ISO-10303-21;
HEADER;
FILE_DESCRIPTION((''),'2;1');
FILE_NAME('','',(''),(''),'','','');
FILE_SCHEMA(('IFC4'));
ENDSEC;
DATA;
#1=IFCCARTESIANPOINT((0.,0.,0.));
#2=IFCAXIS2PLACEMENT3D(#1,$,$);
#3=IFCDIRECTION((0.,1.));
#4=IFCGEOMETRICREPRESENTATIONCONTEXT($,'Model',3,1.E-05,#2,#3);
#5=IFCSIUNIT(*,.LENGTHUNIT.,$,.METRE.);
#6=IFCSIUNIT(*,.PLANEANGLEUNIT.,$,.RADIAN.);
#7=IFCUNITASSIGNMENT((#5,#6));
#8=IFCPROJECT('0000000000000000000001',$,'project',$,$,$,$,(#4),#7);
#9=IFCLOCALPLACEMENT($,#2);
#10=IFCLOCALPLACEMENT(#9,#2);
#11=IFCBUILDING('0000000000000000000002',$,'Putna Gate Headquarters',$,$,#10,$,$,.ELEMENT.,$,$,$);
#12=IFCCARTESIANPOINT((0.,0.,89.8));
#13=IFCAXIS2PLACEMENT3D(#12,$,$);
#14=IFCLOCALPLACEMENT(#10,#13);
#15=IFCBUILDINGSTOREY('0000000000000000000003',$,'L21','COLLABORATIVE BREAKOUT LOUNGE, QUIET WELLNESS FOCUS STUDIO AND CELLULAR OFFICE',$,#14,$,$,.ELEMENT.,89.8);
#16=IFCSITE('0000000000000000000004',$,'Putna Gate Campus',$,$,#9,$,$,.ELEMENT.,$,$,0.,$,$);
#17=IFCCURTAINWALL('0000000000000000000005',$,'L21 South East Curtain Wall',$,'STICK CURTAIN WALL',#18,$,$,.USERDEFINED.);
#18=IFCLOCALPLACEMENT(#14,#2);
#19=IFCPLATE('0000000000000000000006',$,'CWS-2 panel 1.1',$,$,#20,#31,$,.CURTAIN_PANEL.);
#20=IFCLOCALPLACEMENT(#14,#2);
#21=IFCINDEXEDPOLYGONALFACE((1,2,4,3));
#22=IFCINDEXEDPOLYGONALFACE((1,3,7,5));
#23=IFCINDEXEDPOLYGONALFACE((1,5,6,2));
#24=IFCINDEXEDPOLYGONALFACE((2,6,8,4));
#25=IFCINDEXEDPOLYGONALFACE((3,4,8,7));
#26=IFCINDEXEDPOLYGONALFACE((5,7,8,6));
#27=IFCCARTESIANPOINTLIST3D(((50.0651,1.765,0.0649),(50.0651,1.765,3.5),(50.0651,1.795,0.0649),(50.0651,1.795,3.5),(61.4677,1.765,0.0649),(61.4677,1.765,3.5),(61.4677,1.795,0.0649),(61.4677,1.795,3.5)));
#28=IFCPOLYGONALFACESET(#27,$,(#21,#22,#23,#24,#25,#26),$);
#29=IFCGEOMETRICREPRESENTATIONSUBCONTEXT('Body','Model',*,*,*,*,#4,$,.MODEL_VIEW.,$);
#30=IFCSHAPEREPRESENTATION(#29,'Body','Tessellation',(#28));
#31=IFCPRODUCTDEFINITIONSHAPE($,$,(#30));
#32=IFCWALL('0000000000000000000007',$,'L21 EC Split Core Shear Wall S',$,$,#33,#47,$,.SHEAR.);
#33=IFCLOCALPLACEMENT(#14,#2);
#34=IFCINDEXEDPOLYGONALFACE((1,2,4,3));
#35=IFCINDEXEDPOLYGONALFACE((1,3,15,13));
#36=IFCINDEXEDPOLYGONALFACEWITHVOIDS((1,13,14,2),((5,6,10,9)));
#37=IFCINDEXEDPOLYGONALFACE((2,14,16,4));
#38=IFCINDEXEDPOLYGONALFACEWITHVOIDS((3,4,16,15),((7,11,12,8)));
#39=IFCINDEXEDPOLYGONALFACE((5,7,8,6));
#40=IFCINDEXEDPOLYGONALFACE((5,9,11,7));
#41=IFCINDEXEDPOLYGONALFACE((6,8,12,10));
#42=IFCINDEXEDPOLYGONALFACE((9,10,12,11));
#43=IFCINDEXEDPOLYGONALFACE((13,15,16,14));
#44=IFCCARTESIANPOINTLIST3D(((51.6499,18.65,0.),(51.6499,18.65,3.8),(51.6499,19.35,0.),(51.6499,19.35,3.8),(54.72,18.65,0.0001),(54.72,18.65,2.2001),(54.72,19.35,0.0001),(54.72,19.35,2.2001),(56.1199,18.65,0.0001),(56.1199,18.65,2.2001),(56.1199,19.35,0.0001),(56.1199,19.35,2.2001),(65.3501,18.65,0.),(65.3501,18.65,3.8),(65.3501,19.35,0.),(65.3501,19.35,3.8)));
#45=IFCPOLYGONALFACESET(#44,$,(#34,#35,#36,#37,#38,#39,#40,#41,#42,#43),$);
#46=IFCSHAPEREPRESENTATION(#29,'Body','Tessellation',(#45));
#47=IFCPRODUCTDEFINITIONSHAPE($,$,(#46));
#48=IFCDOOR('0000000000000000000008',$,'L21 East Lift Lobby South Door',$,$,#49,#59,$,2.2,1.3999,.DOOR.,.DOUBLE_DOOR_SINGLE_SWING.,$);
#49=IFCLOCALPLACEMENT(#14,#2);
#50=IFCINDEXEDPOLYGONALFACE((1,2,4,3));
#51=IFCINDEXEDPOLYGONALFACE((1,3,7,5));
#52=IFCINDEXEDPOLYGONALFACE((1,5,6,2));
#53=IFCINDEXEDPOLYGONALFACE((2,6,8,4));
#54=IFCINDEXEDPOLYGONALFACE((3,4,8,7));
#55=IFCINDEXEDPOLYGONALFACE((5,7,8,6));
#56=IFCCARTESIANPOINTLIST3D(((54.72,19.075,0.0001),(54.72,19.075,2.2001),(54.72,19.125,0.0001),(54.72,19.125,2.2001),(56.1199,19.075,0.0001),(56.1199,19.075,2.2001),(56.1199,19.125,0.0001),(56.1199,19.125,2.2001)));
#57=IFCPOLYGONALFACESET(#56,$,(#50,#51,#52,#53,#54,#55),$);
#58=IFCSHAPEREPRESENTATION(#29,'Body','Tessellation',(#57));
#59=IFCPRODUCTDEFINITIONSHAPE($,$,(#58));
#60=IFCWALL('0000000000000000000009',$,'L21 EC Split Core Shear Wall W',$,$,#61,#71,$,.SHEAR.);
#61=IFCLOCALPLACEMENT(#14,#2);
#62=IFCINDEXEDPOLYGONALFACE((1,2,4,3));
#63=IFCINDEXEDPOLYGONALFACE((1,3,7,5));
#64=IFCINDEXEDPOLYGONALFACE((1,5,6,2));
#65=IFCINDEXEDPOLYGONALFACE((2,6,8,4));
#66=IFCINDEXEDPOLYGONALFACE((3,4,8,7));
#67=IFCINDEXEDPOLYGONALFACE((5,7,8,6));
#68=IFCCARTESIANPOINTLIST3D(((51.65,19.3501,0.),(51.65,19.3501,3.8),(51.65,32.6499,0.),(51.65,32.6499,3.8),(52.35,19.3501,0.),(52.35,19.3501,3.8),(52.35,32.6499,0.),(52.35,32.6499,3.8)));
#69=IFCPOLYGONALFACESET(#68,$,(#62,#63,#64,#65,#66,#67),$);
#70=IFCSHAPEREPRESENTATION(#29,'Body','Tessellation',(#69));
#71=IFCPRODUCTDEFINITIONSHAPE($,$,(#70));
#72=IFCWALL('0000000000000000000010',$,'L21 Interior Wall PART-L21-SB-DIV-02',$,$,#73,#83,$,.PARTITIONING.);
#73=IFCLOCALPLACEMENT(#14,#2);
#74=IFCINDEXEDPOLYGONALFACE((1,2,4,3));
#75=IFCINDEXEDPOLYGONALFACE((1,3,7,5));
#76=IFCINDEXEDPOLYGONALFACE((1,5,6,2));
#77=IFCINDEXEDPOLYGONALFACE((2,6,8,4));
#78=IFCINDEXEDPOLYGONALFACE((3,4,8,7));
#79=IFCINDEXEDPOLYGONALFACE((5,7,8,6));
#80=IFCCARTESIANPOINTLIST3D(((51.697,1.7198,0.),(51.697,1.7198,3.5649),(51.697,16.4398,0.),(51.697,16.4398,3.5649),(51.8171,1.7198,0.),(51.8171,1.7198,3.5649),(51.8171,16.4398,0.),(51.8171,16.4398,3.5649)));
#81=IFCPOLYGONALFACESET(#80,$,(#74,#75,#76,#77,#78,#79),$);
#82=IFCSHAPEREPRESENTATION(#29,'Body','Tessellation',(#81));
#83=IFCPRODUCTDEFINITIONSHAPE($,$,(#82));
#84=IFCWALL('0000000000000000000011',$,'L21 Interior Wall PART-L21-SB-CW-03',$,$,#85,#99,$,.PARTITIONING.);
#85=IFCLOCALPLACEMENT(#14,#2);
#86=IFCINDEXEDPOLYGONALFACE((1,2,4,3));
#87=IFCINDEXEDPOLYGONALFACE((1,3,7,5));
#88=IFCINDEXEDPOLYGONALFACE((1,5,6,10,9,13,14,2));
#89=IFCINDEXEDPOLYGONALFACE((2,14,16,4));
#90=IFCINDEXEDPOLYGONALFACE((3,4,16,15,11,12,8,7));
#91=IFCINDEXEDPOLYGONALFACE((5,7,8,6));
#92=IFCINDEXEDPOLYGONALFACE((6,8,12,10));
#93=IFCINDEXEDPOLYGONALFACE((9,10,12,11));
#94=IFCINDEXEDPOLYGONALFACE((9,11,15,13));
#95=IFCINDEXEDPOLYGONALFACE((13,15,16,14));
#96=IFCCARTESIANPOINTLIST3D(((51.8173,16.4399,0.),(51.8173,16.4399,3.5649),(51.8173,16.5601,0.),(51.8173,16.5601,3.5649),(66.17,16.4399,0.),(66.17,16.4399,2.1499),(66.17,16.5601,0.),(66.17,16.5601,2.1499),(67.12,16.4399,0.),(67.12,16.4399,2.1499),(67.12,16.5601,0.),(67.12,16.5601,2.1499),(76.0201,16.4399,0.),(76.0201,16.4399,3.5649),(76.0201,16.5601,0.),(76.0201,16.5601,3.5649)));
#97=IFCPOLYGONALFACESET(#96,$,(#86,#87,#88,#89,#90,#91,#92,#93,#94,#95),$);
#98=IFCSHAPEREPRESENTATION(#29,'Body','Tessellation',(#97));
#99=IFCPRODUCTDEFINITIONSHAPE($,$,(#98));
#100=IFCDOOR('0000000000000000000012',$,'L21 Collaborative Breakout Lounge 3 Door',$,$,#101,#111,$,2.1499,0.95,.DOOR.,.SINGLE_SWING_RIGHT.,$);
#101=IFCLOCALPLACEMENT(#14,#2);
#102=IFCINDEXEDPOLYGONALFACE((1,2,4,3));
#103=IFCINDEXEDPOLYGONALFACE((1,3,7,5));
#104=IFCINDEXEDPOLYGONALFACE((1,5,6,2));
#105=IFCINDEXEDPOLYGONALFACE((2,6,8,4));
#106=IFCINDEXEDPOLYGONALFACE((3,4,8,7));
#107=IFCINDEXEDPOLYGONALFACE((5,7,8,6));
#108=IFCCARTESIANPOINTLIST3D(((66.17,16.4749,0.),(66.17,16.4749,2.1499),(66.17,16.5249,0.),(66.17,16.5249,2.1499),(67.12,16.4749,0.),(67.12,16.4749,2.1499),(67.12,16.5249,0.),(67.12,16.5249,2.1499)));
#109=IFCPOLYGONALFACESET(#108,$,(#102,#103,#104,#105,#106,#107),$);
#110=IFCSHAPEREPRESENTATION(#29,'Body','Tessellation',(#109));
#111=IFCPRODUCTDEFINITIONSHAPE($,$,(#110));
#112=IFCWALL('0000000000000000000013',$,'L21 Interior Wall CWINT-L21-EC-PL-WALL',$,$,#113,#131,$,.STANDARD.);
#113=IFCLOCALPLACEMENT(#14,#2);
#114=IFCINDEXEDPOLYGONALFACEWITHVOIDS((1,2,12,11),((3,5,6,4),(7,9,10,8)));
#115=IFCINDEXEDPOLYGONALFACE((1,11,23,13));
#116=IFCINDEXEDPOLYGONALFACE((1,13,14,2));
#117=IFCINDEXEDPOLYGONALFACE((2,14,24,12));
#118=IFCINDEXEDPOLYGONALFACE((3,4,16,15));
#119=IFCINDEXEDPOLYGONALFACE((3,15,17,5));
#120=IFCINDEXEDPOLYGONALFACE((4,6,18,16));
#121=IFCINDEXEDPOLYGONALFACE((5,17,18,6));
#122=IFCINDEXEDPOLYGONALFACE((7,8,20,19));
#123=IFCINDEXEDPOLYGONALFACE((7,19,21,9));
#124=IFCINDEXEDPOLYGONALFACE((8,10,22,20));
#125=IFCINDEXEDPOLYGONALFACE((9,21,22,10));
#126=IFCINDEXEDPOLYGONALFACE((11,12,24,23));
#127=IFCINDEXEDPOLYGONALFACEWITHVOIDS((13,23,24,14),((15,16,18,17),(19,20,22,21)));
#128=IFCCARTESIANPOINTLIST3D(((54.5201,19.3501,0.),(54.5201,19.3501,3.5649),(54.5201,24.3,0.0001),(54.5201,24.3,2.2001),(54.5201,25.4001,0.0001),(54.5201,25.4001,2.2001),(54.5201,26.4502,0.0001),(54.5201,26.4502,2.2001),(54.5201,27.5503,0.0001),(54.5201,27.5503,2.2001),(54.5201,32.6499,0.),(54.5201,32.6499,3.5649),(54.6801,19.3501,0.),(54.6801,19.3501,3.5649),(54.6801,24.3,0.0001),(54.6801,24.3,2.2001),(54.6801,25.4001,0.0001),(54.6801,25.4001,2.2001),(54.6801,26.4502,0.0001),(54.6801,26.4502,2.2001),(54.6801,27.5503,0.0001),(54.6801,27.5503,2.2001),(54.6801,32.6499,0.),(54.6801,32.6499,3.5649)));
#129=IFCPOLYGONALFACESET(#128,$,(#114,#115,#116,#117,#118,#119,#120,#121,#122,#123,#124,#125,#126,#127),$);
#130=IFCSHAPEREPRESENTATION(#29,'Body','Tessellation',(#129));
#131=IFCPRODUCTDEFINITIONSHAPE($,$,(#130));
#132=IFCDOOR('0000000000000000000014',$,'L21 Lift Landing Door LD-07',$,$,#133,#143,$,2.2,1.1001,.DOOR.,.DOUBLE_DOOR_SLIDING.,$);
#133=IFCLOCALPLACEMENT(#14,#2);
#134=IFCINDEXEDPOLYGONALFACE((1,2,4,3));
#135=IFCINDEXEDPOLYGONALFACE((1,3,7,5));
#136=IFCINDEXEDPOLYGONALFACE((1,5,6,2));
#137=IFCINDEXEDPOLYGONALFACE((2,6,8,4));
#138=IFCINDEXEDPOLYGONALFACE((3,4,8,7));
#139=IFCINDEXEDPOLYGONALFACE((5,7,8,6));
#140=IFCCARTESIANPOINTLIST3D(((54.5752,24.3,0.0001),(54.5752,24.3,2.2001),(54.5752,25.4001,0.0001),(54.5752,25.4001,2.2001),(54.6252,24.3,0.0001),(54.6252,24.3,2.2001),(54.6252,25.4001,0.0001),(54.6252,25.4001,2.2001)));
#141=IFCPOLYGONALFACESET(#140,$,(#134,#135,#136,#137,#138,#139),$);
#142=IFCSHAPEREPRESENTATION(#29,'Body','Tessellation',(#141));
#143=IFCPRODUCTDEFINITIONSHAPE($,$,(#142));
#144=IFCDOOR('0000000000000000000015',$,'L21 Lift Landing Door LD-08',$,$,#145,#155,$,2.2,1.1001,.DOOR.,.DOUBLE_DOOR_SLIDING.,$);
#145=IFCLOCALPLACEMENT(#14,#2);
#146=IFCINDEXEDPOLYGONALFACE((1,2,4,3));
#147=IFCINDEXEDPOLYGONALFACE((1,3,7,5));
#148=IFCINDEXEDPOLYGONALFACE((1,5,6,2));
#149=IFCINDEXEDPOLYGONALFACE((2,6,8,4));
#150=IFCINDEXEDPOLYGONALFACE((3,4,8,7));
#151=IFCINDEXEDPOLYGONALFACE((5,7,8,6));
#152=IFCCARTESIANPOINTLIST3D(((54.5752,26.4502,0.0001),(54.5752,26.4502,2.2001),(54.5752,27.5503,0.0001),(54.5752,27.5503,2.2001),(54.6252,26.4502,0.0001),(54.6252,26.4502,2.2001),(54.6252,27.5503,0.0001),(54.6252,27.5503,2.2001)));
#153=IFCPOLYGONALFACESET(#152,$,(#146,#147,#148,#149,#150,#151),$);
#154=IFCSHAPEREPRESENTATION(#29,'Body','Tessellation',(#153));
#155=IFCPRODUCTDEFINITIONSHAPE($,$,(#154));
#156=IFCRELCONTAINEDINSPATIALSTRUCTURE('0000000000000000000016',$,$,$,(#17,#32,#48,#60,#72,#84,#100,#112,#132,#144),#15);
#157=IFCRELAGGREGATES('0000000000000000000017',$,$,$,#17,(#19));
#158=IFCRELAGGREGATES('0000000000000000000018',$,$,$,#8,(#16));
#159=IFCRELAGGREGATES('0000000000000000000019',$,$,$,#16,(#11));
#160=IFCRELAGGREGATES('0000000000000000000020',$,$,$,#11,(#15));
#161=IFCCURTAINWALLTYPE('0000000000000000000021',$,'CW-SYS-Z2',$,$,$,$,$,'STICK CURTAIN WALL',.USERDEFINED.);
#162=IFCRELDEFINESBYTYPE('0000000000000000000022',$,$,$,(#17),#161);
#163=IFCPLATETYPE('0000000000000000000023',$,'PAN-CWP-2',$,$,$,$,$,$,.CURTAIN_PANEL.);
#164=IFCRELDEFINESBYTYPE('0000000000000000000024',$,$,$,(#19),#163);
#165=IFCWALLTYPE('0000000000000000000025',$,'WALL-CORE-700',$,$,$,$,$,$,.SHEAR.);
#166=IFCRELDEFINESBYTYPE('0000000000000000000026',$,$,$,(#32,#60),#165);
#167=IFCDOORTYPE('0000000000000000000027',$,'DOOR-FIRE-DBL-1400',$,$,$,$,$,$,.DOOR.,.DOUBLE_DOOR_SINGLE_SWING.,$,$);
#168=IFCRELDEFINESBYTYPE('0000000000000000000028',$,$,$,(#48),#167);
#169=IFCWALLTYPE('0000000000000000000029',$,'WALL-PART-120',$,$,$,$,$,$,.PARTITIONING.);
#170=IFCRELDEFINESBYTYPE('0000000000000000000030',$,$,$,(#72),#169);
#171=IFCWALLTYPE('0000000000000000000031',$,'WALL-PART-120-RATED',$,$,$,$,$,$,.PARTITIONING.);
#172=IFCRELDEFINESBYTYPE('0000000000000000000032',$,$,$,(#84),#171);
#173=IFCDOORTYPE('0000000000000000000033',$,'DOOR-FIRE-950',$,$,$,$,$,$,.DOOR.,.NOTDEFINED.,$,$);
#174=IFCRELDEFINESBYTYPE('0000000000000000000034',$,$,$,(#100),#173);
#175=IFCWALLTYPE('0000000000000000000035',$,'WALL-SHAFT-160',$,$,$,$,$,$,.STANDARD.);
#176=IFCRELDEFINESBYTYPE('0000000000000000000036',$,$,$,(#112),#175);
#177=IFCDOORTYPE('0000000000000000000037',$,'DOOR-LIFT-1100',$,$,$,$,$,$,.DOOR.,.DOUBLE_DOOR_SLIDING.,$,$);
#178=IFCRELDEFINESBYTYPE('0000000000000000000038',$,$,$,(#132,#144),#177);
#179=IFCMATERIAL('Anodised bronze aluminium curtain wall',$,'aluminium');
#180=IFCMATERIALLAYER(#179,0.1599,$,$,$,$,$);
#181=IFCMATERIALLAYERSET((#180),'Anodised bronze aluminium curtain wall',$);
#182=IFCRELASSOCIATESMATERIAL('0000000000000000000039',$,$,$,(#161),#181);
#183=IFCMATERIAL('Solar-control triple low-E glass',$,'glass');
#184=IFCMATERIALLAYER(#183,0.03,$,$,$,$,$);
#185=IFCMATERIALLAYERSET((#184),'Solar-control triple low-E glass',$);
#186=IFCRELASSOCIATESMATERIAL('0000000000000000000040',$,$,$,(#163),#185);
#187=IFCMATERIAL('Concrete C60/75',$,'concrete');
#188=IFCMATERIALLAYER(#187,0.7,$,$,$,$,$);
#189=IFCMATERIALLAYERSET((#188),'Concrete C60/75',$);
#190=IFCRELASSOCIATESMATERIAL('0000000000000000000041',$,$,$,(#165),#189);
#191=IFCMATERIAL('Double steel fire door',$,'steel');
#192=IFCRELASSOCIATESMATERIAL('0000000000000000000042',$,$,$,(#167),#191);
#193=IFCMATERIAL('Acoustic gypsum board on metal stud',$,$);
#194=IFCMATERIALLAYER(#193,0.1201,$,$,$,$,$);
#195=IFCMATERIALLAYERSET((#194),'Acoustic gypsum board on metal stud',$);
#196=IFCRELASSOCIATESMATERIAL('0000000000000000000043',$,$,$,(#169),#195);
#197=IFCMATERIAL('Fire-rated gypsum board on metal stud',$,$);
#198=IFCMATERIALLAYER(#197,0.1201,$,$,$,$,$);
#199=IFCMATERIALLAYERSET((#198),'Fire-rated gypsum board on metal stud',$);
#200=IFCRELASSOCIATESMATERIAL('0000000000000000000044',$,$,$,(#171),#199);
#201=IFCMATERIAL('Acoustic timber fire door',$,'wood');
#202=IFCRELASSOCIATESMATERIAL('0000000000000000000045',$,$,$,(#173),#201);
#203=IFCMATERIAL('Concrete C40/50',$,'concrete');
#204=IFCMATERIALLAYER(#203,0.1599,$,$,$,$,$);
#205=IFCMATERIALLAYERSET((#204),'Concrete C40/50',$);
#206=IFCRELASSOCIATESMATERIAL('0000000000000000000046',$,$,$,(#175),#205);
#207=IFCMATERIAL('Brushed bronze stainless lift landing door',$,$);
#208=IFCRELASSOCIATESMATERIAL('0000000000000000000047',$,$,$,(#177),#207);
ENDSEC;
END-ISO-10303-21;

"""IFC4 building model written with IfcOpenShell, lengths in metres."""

from ifc_helpers import new_model, si_unit, direction, frame, frame_2d, origin, origin_2d, place, context, subcontext, project, spatial, rectangle, extrude, material, layer, layer_set, type_object, element, fill, aggregate, save


model = new_model("IFC4")

# Units and contexts
model_context = context("Model", 3, precision=1e-05, world=origin(), true_north=direction((0.0, 1.0)))
body_context = subcontext(model_context, "Body", "Model", "MODEL_VIEW")
ifc_project = project(units=[si_unit("LENGTHUNIT", "METRE"), si_unit("PLANEANGLEUNIT", "RADIAN")], contexts=[model_context])

# Site, building, storey
site_placement = place(None, origin())
site = spatial("IfcSite", under=ifc_project, at=site_placement, Name="Putna Gate Campus", CompositionType="ELEMENT", RefElevation=0.0)
building_placement = place(site_placement, origin())
building = spatial("IfcBuilding", under=site, at=building_placement, Name="Putna Gate Headquarters", CompositionType="ELEMENT")
storey_placement = place(building_placement, frame((0.0, 0.0, 89.8)))
storey = spatial("IfcBuildingStorey", under=building, at=storey_placement, Name="L21", Description="COLLABORATIVE BREAKOUT LOUNGE, QUIET WELLNESS FOCUS STUDIO AND CELLULAR OFFICE", CompositionType="ELEMENT", Elevation=89.8)

# Shared definitions
ifc_material_1 = material(Name="Concrete C60/75", Category="concrete")

# Curtain wall, plate
ifc_material_2 = material(Name="Anodised bronze aluminium curtain wall", Category="aluminium")
ifc_layer_1 = layer(ifc_material_2, 0.1599)
ifc_layer_set_1 = layer_set([ifc_layer_1], Name="Anodised bronze aluminium curtain wall")
curtain_wall_type = type_object("IfcCurtainWallType", Name="CW-SYS-Z2", ElementType="STICK CURTAIN WALL", PredefinedType="USERDEFINED", material=ifc_layer_set_1)
curtain_wall_placement = place(storey_placement, origin())
curtain_wall = element("IfcCurtainWall", 1, at=curtain_wall_placement, inside=storey, type_object=curtain_wall_type, Name="L21 South East Curtain Wall", ObjectType="STICK CURTAIN WALL", PredefinedType="USERDEFINED")
ifc_material_3 = material(Name="Solar-control triple low-E glass", Category="glass")
ifc_layer_2 = layer(ifc_material_3, 0.03)
ifc_layer_set_2 = layer_set([ifc_layer_2], Name="Solar-control triple low-E glass")
plate_type = type_object("IfcPlateType", Name="PAN-CWP-2", PredefinedType="CURTAIN_PANEL", material=ifc_layer_set_2)
plate_placement = place(storey_placement, frame((55.7664, 1.78, 0.0649), z_axis=(0.0, 0.0, 1.0), x_axis=(1.0, 0.0, 0.0)))
plate = element("IfcPlate", 2, at=plate_placement, type_object=plate_type, Name="CWS-2 panel 1.1", PredefinedType="CURTAIN_PANEL", context=body_context, shape_type="SweptSolid", body=[
    extrude(rectangle(XDim=11.4026, YDim=0.03, at=origin_2d()), origin(), (0.0, 0.0, 1.0), 3.4351),
])
aggregate(curtain_wall, [plate])

# Wall, opening, door
ifc_layer_3 = layer(ifc_material_1, 0.7)
ifc_layer_set_3 = layer_set([ifc_layer_3], Name="Concrete C60/75")
wall_type_1 = type_object("IfcWallType", Name="WALL-CORE-700", PredefinedType="SHEAR", material=ifc_layer_set_3)
wall_1_placement = place(storey_placement, frame((51.6499, 19.0, 0.0), z_axis=(0.0, 0.0, 1.0), x_axis=(1.0, 0.0, 0.0)))
wall_1 = element("IfcWall", 3, at=wall_1_placement, inside=storey, type_object=wall_type_1, Name="L21 EC Split Core Shear Wall S", PredefinedType="SHEAR", context=body_context, shape_type="SweptSolid", body=[
    extrude(rectangle(XDim=13.7002, YDim=0.7, at=frame_2d((6.8501, 0.0))), origin(), (0.0, 0.0, 1.0), 3.8),
])
opening_1_placement = place(wall_1_placement, frame((3.0701, 0.0, 0.0)))
opening_1 = element("IfcOpeningElement", 4, at=opening_1_placement, cuts=wall_1, PredefinedType="OPENING", context=body_context, shape_type="SweptSolid", body=[
    extrude(rectangle(XDim=1.3999, YDim=2.2, at=frame_2d((0.7, 1.1001))), frame((0.0, 0.3599, 0.0), z_axis=(0.0, -1.0, 0.0), x_axis=(1.0, 0.0, 0.0)), (0.0, 0.0, 1.0), 0.72),
])
ifc_material_4 = material(Name="Double steel fire door", Category="steel")
door_type_1 = type_object("IfcDoorType", Name="DOOR-FIRE-DBL-1400", OperationType="DOUBLE_DOOR_SINGLE_SWING", PredefinedType="DOOR", material=ifc_material_4)
door_1_placement = place(opening_1_placement, origin())
door_1 = element("IfcDoor", 5, at=door_1_placement, inside=storey, type_object=door_type_1, Name="L21 East Lift Lobby South Door", OperationType="DOUBLE_DOOR_SINGLE_SWING", OverallHeight=2.2, OverallWidth=1.3999, PredefinedType="DOOR", context=body_context, shape_type="SweptSolid", body=[
    extrude(rectangle(XDim=1.3999, YDim=2.2, at=frame_2d((0.7, 1.1001))), frame((0.0, 0.125, 0.0), z_axis=(0.0, -1.0, 0.0), x_axis=(1.0, 0.0, 0.0)), (0.0, 0.0, 1.0), 0.05),
])
fill(opening_1, door_1)

# Walls
wall_2_placement = place(storey_placement, frame((52.0, 19.3501, 0.0), z_axis=(0.0, 0.0, 1.0), x_axis=(0.0, 1.0, 0.0)))
element("IfcWall", 6, at=wall_2_placement, inside=storey, type_object=wall_type_1, Name="L21 EC Split Core Shear Wall W", PredefinedType="SHEAR", context=body_context, shape_type="SweptSolid", body=[
    extrude(rectangle(XDim=13.2998, YDim=0.7, at=frame_2d((6.6499, 0.0))), origin(), (0.0, 0.0, 1.0), 3.8),
])
ifc_material_5 = material(Name="Acoustic gypsum board on metal stud")
ifc_layer_4 = layer(ifc_material_5, 0.1201)
ifc_layer_set_4 = layer_set([ifc_layer_4], Name="Acoustic gypsum board on metal stud")
wall_type_2 = type_object("IfcWallType", Name="WALL-PART-120", PredefinedType="PARTITIONING", material=ifc_layer_set_4)
wall_3_placement = place(storey_placement, frame((51.7571, 1.72, 0.0), z_axis=(0.0, 0.0, 1.0), x_axis=(0.0, 1.0, 0.0)))
element("IfcWall", 7, at=wall_3_placement, inside=storey, type_object=wall_type_2, Name="L21 Interior Wall PART-L21-SB-DIV-02", PredefinedType="PARTITIONING", context=body_context, shape_type="SweptSolid", body=[
    extrude(rectangle(XDim=14.72, YDim=0.1201, at=frame_2d((7.3599, 0.0))), origin(), (0.0, 0.0, 1.0), 3.5649),
])

# Wall, opening, door
ifc_material_6 = material(Name="Fire-rated gypsum board on metal stud")
ifc_layer_5 = layer(ifc_material_6, 0.1201)
ifc_layer_set_5 = layer_set([ifc_layer_5], Name="Fire-rated gypsum board on metal stud")
wall_type_3 = type_object("IfcWallType", Name="WALL-PART-120-RATED", PredefinedType="PARTITIONING", material=ifc_layer_set_5)
wall_4_placement = place(storey_placement, frame((51.8171, 16.5, 0.0), z_axis=(0.0, 0.0, 1.0), x_axis=(1.0, 0.0, 0.0)))
wall_4 = element("IfcWall", 8, at=wall_4_placement, inside=storey, type_object=wall_type_3, Name="L21 Interior Wall PART-L21-SB-CW-03", PredefinedType="PARTITIONING", context=body_context, shape_type="SweptSolid", body=[
    extrude(rectangle(XDim=24.2029, YDim=0.1201, at=frame_2d((12.1016, 0.0))), origin(), (0.0, 0.0, 1.0), 3.5649),
])
opening_2_placement = place(wall_4_placement, frame((14.3528, 0.0, 0.0)))
opening_2 = element("IfcOpeningElement", 9, at=opening_2_placement, cuts=wall_4, PredefinedType="OPENING", context=body_context, shape_type="SweptSolid", body=[
    extrude(rectangle(XDim=0.95, YDim=2.1499, at=frame_2d((0.4751, 1.075))), frame((0.0, 0.0701, 0.0), z_axis=(0.0, -1.0, 0.0), x_axis=(1.0, 0.0, 0.0)), (0.0, 0.0, 1.0), 0.1401),
])
ifc_material_7 = material(Name="Acoustic timber fire door", Category="wood")
door_type_2 = type_object("IfcDoorType", Name="DOOR-FIRE-950", OperationType="NOTDEFINED", PredefinedType="DOOR", material=ifc_material_7)
door_2_placement = place(opening_2_placement, origin())
door_2 = element("IfcDoor", 10, at=door_2_placement, inside=storey, type_object=door_type_2, Name="L21 Collaborative Breakout Lounge 3 Door", OperationType="SINGLE_SWING_RIGHT", OverallHeight=2.1499, OverallWidth=0.95, PredefinedType="DOOR", context=body_context, shape_type="SweptSolid", body=[
    extrude(rectangle(XDim=0.95, YDim=2.1499, at=frame_2d((0.4751, 1.075))), frame((0.0, 0.0249, 0.0), z_axis=(0.0, -1.0, 0.0), x_axis=(1.0, 0.0, 0.0)), (0.0, 0.0, 1.0), 0.05),
])
fill(opening_2, door_2)

# Wall, openings, doors
ifc_material_8 = material(Name="Concrete C40/50", Category="concrete")
ifc_layer_6 = layer(ifc_material_8, 0.1599)
ifc_layer_set_6 = layer_set([ifc_layer_6], Name="Concrete C40/50")
wall_type_4 = type_object("IfcWallType", Name="WALL-SHAFT-160", PredefinedType="STANDARD", material=ifc_layer_set_6)
wall_5_placement = place(storey_placement, frame((54.6001, 19.3501, 0.0), z_axis=(0.0, 0.0, 1.0), x_axis=(0.0, 1.0, 0.0)))
wall_5 = element("IfcWall", 11, at=wall_5_placement, inside=storey, type_object=wall_type_4, Name="L21 Interior Wall CWINT-L21-EC-PL-WALL", PredefinedType="STANDARD", context=body_context, shape_type="SweptSolid", body=[
    extrude(rectangle(XDim=13.2998, YDim=0.1599, at=frame_2d((6.6499, 0.0))), origin(), (0.0, 0.0, 1.0), 3.5649),
])
opening_3_placement = place(wall_5_placement, frame((4.95, 0.0, 0.0)))
opening_3 = element("IfcOpeningElement", 12, at=opening_3_placement, cuts=wall_5, PredefinedType="OPENING", context=body_context, shape_type="SweptSolid", body=[
    extrude(rectangle(XDim=1.1001, YDim=2.2, at=frame_2d((0.55, 1.1001))), frame((0.0, 0.0898, 0.0), z_axis=(0.0, -1.0, 0.0), x_axis=(1.0, 0.0, 0.0)), (0.0, 0.0, 1.0), 0.1799),
])
opening_4_placement = place(wall_5_placement, frame((7.1001, 0.0, 0.0)))
opening_4 = element("IfcOpeningElement", 13, at=opening_4_placement, cuts=wall_5, PredefinedType="OPENING", context=body_context, shape_type="SweptSolid", body=[
    extrude(rectangle(XDim=1.1001, YDim=2.2, at=frame_2d((0.55, 1.1001))), frame((0.0, 0.0898, 0.0), z_axis=(0.0, -1.0, 0.0), x_axis=(1.0, 0.0, 0.0)), (0.0, 0.0, 1.0), 0.1799),
])
ifc_material_9 = material(Name="Brushed bronze stainless lift landing door")
door_type_3 = type_object("IfcDoorType", Name="DOOR-LIFT-1100", OperationType="DOUBLE_DOOR_SLIDING", PredefinedType="DOOR", material=ifc_material_9)
door_3_placement = place(opening_3_placement, origin())
door_3 = element("IfcDoor", 14, at=door_3_placement, inside=storey, type_object=door_type_3, Name="L21 Lift Landing Door LD-07", OperationType="DOUBLE_DOOR_SLIDING", OverallHeight=2.2, OverallWidth=1.1001, PredefinedType="DOOR", context=body_context, shape_type="SweptSolid", body=[
    extrude(rectangle(XDim=1.1001, YDim=2.2, at=frame_2d((0.55, 1.1001))), frame((0.0, 0.0249, 0.0), z_axis=(0.0, -1.0, 0.0), x_axis=(1.0, 0.0, 0.0)), (0.0, 0.0, 1.0), 0.05),
])
fill(opening_3, door_3)
door_4_placement = place(opening_4_placement, origin())
door_4 = element("IfcDoor", 15, at=door_4_placement, inside=storey, type_object=door_type_3, Name="L21 Lift Landing Door LD-08", OperationType="DOUBLE_DOOR_SLIDING", OverallHeight=2.2, OverallWidth=1.1001, PredefinedType="DOOR", context=body_context, shape_type="SweptSolid", body=[
    extrude(rectangle(XDim=1.1001, YDim=2.2, at=frame_2d((0.55, 1.1001))), frame((0.0, 0.0249, 0.0), z_axis=(0.0, -1.0, 0.0), x_axis=(1.0, 0.0, 0.0)), (0.0, 0.0, 1.0), 0.05),
])
fill(opening_4, door_4)

save(model, "model.ifc")
